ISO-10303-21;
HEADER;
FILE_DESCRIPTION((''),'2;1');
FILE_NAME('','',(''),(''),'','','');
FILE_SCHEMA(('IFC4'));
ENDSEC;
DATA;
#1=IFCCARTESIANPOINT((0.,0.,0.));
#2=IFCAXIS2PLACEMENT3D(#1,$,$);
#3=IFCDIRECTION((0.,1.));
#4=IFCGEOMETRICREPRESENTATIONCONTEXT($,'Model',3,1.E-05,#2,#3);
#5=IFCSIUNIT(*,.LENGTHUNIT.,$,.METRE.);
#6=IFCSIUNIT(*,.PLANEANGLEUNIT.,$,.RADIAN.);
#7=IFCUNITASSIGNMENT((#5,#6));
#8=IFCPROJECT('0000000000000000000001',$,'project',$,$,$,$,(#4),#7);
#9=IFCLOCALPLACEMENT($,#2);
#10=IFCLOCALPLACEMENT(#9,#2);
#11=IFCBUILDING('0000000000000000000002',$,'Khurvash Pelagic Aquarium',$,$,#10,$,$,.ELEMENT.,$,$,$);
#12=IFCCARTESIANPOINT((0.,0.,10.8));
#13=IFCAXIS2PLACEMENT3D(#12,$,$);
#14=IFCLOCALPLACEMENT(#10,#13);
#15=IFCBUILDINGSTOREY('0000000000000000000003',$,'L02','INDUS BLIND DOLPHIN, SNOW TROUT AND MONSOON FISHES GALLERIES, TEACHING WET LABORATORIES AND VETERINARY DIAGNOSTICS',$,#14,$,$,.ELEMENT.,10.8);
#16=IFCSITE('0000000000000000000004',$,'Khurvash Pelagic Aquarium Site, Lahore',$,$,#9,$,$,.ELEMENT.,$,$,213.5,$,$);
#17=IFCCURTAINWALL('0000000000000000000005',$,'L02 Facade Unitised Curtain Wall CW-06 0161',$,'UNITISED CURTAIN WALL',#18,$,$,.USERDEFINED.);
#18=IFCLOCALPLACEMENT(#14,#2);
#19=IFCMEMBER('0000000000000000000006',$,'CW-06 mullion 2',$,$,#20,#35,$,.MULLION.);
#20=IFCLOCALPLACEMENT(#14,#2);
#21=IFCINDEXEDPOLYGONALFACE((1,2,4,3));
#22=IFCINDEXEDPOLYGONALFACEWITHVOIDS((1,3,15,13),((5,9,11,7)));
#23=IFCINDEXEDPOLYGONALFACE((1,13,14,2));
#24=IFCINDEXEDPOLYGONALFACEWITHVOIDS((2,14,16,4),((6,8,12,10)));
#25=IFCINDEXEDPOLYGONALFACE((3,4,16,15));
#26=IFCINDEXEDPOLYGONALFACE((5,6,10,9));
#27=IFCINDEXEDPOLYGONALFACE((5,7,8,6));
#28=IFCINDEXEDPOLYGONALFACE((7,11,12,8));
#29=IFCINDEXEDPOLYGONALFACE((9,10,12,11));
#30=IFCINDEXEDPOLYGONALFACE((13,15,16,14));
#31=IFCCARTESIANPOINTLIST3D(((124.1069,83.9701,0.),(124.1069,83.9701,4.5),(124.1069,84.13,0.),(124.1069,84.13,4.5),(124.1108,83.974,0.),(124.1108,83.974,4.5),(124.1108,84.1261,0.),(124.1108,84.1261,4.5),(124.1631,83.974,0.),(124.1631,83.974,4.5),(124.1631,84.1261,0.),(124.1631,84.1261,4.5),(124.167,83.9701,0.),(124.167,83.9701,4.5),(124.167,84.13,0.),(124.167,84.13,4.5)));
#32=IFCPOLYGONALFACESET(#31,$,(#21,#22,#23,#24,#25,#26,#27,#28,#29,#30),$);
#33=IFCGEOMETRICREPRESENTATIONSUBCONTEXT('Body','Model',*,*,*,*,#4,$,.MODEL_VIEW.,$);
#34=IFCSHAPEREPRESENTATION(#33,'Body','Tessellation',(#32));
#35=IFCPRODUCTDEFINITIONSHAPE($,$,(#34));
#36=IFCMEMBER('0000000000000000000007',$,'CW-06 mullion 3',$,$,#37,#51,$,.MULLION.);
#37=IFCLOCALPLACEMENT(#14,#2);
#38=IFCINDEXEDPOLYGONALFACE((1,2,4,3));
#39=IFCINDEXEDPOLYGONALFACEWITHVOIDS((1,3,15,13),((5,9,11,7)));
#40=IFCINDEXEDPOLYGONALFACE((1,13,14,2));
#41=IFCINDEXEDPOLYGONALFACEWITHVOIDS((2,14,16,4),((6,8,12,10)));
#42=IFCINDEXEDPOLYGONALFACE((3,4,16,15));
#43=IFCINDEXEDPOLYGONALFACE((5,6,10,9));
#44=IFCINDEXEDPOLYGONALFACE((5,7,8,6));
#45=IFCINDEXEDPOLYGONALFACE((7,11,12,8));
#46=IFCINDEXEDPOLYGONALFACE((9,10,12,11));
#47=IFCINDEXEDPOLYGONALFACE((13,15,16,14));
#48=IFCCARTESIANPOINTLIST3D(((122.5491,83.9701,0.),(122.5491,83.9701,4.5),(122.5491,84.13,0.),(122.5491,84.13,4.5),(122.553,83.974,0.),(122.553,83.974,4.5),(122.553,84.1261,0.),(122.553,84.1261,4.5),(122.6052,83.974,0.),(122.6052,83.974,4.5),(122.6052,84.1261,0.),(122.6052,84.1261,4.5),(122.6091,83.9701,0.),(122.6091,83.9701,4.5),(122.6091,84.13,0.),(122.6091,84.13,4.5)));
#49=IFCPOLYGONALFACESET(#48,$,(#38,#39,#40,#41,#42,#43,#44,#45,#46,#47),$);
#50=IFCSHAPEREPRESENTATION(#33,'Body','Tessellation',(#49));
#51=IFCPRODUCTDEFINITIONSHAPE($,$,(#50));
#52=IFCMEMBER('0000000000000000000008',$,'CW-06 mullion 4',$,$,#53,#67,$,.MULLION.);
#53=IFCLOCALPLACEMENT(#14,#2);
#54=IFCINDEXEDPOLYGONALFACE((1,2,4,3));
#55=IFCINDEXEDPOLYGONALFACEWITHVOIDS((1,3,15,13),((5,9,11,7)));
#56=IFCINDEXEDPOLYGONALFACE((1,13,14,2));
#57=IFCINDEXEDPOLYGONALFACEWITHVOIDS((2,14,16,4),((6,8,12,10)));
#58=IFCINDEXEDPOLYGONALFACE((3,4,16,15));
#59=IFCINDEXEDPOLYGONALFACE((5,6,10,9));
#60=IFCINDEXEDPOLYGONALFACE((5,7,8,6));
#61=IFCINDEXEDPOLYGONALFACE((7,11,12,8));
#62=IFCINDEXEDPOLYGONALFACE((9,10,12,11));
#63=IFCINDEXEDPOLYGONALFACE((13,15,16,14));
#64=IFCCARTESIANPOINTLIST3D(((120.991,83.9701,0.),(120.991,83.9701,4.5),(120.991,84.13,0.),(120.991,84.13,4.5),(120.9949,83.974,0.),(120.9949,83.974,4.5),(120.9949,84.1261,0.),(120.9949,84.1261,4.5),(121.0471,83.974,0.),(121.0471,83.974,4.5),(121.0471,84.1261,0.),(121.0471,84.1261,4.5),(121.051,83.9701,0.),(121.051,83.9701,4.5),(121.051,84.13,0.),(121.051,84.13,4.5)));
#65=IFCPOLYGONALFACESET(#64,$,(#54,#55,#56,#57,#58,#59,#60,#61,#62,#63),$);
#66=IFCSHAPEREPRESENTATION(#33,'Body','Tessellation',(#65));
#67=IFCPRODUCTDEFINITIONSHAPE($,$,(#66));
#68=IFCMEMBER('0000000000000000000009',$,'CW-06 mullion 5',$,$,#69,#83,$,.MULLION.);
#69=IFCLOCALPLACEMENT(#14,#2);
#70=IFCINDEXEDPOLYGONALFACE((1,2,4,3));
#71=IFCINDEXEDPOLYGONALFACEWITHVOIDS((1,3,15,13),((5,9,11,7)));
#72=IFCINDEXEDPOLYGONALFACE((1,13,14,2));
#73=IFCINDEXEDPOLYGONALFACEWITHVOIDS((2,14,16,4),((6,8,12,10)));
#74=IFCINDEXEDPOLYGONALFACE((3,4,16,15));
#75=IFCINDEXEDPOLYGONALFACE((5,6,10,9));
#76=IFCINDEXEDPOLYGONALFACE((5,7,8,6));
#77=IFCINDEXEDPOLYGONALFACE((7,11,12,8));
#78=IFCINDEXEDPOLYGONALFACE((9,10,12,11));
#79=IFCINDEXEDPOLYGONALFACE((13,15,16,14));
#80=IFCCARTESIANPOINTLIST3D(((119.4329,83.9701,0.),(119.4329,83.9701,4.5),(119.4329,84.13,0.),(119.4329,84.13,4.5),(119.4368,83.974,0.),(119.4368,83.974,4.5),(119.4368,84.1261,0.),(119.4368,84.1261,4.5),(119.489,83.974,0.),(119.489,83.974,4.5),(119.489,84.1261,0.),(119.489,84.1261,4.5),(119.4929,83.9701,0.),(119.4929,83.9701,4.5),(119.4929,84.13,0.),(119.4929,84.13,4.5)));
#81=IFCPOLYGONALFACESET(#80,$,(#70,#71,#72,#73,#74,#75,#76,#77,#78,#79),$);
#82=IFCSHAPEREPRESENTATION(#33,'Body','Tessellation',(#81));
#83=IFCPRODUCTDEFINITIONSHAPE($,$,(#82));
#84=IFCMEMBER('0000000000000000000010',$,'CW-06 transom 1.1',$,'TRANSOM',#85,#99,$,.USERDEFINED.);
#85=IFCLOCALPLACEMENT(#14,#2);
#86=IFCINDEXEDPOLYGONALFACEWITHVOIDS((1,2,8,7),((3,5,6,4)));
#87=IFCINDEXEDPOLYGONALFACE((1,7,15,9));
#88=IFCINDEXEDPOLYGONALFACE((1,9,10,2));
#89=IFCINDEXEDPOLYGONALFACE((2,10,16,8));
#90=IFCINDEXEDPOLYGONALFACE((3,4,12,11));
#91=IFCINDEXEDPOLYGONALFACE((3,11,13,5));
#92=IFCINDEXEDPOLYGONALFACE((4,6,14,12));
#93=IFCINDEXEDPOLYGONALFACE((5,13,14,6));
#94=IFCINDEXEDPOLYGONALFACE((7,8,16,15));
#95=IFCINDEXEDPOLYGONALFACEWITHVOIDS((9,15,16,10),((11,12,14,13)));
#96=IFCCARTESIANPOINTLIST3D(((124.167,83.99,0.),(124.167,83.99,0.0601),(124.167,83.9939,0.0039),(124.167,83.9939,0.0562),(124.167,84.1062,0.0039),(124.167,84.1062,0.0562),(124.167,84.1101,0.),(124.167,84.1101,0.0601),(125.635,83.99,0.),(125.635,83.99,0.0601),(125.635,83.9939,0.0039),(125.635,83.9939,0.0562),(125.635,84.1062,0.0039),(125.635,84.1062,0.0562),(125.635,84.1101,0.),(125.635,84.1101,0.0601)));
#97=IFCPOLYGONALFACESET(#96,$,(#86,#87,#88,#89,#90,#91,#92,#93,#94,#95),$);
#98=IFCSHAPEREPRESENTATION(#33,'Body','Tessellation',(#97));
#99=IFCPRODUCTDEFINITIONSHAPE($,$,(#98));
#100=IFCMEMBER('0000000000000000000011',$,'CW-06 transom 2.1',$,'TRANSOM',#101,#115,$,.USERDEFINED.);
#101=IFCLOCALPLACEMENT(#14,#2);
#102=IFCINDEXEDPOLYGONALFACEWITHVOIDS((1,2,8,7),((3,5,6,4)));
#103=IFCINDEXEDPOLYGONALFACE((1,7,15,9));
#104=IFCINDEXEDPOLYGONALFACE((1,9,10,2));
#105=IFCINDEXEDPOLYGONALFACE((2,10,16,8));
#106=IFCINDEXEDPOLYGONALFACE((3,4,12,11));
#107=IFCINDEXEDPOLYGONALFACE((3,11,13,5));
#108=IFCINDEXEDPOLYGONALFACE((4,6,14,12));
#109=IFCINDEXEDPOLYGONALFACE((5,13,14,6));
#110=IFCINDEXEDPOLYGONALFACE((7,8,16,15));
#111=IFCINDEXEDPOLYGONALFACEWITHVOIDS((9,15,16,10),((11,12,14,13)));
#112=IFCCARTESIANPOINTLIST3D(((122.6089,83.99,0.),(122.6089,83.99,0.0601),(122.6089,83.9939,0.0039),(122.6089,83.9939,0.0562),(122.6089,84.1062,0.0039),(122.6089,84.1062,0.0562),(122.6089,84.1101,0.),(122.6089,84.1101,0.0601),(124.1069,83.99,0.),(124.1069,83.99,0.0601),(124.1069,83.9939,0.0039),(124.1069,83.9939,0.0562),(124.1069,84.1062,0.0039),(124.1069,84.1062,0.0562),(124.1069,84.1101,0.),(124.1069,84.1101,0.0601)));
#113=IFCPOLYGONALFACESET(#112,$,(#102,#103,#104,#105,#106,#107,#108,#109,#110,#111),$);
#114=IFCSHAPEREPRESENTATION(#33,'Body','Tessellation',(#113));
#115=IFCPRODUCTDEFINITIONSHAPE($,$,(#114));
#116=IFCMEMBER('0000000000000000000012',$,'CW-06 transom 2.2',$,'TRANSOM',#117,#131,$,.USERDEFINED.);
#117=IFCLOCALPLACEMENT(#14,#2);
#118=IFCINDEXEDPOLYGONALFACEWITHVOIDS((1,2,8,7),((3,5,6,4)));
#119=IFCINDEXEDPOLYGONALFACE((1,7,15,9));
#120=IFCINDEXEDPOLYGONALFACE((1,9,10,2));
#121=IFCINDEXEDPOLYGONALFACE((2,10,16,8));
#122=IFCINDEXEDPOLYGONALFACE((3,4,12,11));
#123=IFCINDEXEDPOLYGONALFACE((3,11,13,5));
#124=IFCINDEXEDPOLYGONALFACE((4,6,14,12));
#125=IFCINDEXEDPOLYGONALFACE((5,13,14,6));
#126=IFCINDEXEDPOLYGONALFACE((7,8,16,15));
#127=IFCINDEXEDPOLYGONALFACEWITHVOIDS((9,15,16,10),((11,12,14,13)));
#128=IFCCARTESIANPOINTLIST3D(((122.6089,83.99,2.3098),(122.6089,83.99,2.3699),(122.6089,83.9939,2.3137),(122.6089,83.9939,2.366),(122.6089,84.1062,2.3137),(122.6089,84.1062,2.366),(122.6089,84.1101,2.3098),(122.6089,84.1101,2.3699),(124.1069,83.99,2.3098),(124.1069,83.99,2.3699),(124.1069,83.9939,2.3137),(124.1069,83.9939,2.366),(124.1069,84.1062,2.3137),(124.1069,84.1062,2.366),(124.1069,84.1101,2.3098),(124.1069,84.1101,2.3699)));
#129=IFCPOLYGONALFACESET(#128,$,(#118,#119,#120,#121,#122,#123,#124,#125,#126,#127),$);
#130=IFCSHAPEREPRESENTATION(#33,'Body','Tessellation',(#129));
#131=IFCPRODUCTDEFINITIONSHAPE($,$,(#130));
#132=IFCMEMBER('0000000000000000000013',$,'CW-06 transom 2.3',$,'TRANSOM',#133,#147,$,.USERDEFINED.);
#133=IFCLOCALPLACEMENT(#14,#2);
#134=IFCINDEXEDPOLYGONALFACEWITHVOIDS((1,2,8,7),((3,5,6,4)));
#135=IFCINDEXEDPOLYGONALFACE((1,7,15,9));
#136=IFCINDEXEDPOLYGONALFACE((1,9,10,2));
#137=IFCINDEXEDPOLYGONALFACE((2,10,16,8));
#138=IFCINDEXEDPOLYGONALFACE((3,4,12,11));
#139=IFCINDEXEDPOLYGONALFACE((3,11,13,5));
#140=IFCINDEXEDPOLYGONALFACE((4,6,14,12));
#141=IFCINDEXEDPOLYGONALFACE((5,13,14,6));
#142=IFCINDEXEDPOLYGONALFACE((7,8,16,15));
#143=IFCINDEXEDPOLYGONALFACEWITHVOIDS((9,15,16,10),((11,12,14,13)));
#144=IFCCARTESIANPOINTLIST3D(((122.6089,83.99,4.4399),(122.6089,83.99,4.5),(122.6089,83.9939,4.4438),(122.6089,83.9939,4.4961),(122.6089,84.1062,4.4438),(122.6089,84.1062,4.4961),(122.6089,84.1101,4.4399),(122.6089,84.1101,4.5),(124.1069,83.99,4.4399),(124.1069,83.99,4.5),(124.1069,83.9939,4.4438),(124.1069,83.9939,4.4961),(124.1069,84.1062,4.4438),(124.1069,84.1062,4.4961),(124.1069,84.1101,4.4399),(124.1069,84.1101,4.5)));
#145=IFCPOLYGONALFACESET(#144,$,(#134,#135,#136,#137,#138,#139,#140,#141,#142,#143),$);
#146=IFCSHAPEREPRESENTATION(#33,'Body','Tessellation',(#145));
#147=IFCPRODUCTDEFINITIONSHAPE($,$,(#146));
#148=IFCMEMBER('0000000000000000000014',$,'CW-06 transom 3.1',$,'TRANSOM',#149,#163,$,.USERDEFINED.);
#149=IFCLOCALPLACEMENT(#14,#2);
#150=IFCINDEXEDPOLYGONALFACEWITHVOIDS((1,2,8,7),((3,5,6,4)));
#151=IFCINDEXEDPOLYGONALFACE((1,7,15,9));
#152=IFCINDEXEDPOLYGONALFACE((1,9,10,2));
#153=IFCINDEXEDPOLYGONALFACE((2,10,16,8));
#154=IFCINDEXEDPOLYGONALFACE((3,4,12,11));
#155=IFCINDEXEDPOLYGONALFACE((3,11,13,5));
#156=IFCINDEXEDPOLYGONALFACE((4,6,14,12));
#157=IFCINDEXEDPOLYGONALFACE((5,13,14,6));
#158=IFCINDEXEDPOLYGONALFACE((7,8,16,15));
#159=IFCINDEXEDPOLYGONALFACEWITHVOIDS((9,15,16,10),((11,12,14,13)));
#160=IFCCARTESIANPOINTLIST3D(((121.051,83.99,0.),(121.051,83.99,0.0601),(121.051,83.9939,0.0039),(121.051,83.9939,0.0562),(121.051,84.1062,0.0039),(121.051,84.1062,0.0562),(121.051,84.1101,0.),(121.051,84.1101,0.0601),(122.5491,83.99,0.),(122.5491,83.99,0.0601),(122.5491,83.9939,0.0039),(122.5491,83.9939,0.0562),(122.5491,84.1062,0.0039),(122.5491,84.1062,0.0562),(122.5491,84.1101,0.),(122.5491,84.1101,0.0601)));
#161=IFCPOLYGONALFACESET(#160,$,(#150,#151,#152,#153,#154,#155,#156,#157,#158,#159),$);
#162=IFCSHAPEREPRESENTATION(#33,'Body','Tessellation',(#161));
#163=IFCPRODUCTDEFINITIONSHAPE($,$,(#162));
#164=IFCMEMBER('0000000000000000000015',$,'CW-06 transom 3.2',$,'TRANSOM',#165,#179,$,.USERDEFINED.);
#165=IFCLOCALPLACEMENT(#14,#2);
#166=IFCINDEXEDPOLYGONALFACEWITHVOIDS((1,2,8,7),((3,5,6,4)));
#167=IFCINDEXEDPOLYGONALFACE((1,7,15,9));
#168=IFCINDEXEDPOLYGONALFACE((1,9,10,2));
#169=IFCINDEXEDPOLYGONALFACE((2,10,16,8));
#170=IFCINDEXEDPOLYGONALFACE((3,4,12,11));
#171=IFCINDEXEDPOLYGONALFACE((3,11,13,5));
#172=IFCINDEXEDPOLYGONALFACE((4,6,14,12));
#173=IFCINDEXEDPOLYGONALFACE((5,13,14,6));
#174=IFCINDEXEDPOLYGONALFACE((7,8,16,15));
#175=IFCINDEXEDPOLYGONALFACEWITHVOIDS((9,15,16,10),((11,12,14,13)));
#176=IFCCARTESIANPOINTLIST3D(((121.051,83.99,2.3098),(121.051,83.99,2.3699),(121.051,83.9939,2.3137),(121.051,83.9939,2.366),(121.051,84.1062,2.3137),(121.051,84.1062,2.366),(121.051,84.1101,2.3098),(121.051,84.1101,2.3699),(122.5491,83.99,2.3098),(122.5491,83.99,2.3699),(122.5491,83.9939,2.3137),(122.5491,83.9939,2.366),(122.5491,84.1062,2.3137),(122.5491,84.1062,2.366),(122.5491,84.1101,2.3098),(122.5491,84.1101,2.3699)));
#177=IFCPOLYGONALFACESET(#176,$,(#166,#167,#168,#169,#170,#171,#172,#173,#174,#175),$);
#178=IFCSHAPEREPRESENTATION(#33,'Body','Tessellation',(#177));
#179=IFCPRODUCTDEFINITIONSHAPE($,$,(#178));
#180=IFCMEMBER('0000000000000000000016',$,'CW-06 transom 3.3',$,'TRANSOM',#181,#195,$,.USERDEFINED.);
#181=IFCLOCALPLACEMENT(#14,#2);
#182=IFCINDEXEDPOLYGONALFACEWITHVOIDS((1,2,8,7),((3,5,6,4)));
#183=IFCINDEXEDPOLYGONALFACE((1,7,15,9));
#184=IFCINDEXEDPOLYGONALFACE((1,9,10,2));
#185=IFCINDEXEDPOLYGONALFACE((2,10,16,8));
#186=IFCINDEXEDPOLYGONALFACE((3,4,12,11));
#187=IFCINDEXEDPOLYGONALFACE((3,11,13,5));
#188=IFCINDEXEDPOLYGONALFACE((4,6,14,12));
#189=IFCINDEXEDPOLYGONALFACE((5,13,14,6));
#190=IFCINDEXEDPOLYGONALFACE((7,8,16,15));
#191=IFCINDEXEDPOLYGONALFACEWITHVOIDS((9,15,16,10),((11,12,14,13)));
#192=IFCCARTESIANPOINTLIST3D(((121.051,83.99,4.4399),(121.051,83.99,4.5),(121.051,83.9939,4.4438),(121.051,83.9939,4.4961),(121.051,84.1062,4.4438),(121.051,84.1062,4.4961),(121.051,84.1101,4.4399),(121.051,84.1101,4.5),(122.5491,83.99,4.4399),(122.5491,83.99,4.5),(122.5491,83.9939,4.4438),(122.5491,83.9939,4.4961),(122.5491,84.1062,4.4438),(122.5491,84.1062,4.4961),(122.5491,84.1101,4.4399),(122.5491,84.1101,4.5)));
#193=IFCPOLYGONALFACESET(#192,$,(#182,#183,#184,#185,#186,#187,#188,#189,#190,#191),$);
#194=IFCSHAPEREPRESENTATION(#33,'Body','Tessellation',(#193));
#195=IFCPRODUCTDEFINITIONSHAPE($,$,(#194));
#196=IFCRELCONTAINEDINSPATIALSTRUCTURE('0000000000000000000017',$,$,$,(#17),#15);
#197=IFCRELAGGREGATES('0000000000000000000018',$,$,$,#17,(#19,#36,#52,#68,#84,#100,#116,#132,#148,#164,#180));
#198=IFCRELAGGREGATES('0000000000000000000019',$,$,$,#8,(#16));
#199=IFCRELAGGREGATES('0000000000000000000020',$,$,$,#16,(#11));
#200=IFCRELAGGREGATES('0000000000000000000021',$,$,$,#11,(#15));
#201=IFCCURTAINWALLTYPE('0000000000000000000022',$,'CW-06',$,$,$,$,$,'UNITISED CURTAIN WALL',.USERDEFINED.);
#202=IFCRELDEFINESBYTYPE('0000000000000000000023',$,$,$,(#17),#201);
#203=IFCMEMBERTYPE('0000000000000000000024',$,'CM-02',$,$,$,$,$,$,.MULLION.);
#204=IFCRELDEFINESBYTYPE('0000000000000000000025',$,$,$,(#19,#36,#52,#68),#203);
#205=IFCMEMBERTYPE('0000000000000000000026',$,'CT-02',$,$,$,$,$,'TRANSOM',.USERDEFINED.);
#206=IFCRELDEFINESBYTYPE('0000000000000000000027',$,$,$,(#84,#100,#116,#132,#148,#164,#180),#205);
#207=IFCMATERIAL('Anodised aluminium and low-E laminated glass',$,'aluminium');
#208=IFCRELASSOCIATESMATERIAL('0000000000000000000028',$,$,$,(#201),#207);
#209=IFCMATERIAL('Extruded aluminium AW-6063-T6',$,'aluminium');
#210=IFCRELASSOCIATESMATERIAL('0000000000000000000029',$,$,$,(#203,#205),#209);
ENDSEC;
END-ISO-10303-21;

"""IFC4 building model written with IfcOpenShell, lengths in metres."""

from ifc_helpers import new_model, si_unit, direction, frame, origin, origin_2d, place, context, subcontext, project, spatial, hollow_rectangle, extrude, material, material_profile, profile_set, type_object, element, aggregate, save


model = new_model("IFC4")

# Units and contexts
model_context = context("Model", 3, precision=1e-05, world=origin(), true_north=direction((0.0, 1.0)))
body_context = subcontext(model_context, "Body", "Model", "MODEL_VIEW")
ifc_project = project(units=[si_unit("LENGTHUNIT", "METRE"), si_unit("PLANEANGLEUNIT", "RADIAN")], contexts=[model_context])

# Site, building, storey
site_placement = place(None, origin())
site = spatial("IfcSite", under=ifc_project, at=site_placement, Name="Khurvash Pelagic Aquarium Site, Lahore", CompositionType="ELEMENT", RefElevation=213.5)
building_placement = place(site_placement, origin())
building = spatial("IfcBuilding", under=site, at=building_placement, Name="Khurvash Pelagic Aquarium", CompositionType="ELEMENT")
storey_placement = place(building_placement, frame((0.0, 0.0, 10.8)))
storey = spatial("IfcBuildingStorey", under=building, at=storey_placement, Name="L02", Description="INDUS BLIND DOLPHIN, SNOW TROUT AND MONSOON FISHES GALLERIES, TEACHING WET LABORATORIES AND VETERINARY DIAGNOSTICS", CompositionType="ELEMENT", Elevation=10.8)

# Curtain wall, members
ifc_material_1 = material(Name="Anodised aluminium and low-E laminated glass", Category="aluminium")
curtain_wall_type = type_object("IfcCurtainWallType", Name="CW-06", ElementType="UNITISED CURTAIN WALL", PredefinedType="USERDEFINED", material=ifc_material_1)
curtain_wall_placement = place(storey_placement, origin())
curtain_wall = element("IfcCurtainWall", 1, at=curtain_wall_placement, inside=storey, type_object=curtain_wall_type, Name="L02 Facade Unitised Curtain Wall CW-06 0161", ObjectType="UNITISED CURTAIN WALL", PredefinedType="USERDEFINED")
ifc_material_2 = material(Name="Extruded aluminium AW-6063-T6", Category="aluminium")
ifc_material_profile_1 = material_profile(ifc_material_2, hollow_rectangle(XDim=0.0601, YDim=0.1599, WallThickness=0.0039, at=origin_2d()), Name="CWM60X160X4")
ifc_profile_set_1 = profile_set([ifc_material_profile_1], Name="Extruded aluminium AW-6063-T6")
member_type_1 = type_object("IfcMemberType", Name="CM-02", PredefinedType="MULLION", material=ifc_profile_set_1)
member_1_placement = place(storey_placement, frame((124.137, 84.05, 0.0), z_axis=(0.0, 0.0, 1.0), x_axis=(-1.0, 0.0, 0.0)))
member_1 = element("IfcMember", 2, at=member_1_placement, type_object=member_type_1, Name="CW-06 mullion 2", PredefinedType="MULLION", context=body_context, shape_type="SweptSolid", body=[
    extrude(hollow_rectangle(XDim=0.0601, YDim=0.1599, WallThickness=0.0039, at=origin_2d()), origin(), (0.0, 0.0, 1.0), 4.5),
])
member_2_placement = place(storey_placement, frame((122.5791, 84.05, 0.0), z_axis=(0.0, 0.0, 1.0), x_axis=(-1.0, 0.0, 0.0)))
member_2 = element("IfcMember", 3, at=member_2_placement, type_object=member_type_1, Name="CW-06 mullion 3", PredefinedType="MULLION", context=body_context, shape_type="SweptSolid", body=[
    extrude(hollow_rectangle(XDim=0.0601, YDim=0.1599, WallThickness=0.0039, at=origin_2d()), origin(), (0.0, 0.0, 1.0), 4.5),
])
member_3_placement = place(storey_placement, frame((121.021, 84.05, 0.0), z_axis=(0.0, 0.0, 1.0), x_axis=(-1.0, 0.0, 0.0)))
member_3 = element("IfcMember", 4, at=member_3_placement, type_object=member_type_1, Name="CW-06 mullion 4", PredefinedType="MULLION", context=body_context, shape_type="SweptSolid", body=[
    extrude(hollow_rectangle(XDim=0.0601, YDim=0.1599, WallThickness=0.0039, at=origin_2d()), origin(), (0.0, 0.0, 1.0), 4.5),
])
member_4_placement = place(storey_placement, frame((119.4629, 84.05, 0.0), z_axis=(0.0, 0.0, 1.0), x_axis=(-1.0, 0.0, 0.0)))
member_4 = element("IfcMember", 5, at=member_4_placement, type_object=member_type_1, Name="CW-06 mullion 5", PredefinedType="MULLION", context=body_context, shape_type="SweptSolid", body=[
    extrude(hollow_rectangle(XDim=0.0601, YDim=0.1599, WallThickness=0.0039, at=origin_2d()), origin(), (0.0, 0.0, 1.0), 4.5),
])
ifc_material_profile_2 = material_profile(ifc_material_2, hollow_rectangle(XDim=0.1201, YDim=0.0601, WallThickness=0.0039, at=origin_2d()), Name="CWT120X60X4")
ifc_profile_set_2 = profile_set([ifc_material_profile_2], Name="Extruded aluminium AW-6063-T6")
member_type_2 = type_object("IfcMemberType", Name="CT-02", ElementType="TRANSOM", PredefinedType="USERDEFINED", material=ifc_profile_set_2)
member_5_placement = place(storey_placement, frame((125.635, 84.05, 0.03), z_axis=(-1.0, 0.0, 0.0), x_axis=(0.0, -1.0, 0.0)))
member_5 = element("IfcMember", 6, at=member_5_placement, type_object=member_type_2, Name="CW-06 transom 1.1", ObjectType="TRANSOM", PredefinedType="USERDEFINED", context=body_context, shape_type="SweptSolid", body=[
    extrude(hollow_rectangle(XDim=0.1201, YDim=0.0601, WallThickness=0.0039, at=origin_2d()), origin(), (0.0, 0.0, 1.0), 1.468),
])
member_6_placement = place(storey_placement, frame((124.1069, 84.05, 0.03), z_axis=(-1.0, 0.0, 0.0), x_axis=(0.0, -1.0, 0.0)))
member_6 = element("IfcMember", 7, at=member_6_placement, type_object=member_type_2, Name="CW-06 transom 2.1", ObjectType="TRANSOM", PredefinedType="USERDEFINED", context=body_context, shape_type="SweptSolid", body=[
    extrude(hollow_rectangle(XDim=0.1201, YDim=0.0601, WallThickness=0.0039, at=origin_2d()), origin(), (0.0, 0.0, 1.0), 1.498),
])
member_7_placement = place(storey_placement, frame((124.1069, 84.05, 2.3398), z_axis=(-1.0, 0.0, 0.0), x_axis=(0.0, -1.0, 0.0)))
member_7 = element("IfcMember", 8, at=member_7_placement, type_object=member_type_2, Name="CW-06 transom 2.2", ObjectType="TRANSOM", PredefinedType="USERDEFINED", context=body_context, shape_type="SweptSolid", body=[
    extrude(hollow_rectangle(XDim=0.1201, YDim=0.0601, WallThickness=0.0039, at=origin_2d()), origin(), (0.0, 0.0, 1.0), 1.498),
])
member_8_placement = place(storey_placement, frame((124.1069, 84.05, 4.47), z_axis=(-1.0, 0.0, 0.0), x_axis=(0.0, -1.0, 0.0)))
member_8 = element("IfcMember", 9, at=member_8_placement, type_object=member_type_2, Name="CW-06 transom 2.3", ObjectType="TRANSOM", PredefinedType="USERDEFINED", context=body_context, shape_type="SweptSolid", body=[
    extrude(hollow_rectangle(XDim=0.1201, YDim=0.0601, WallThickness=0.0039, at=origin_2d()), origin(), (0.0, 0.0, 1.0), 1.498),
])
member_9_placement = place(storey_placement, frame((122.5491, 84.05, 0.03), z_axis=(-1.0, 0.0, 0.0), x_axis=(0.0, -1.0, 0.0)))
member_9 = element("IfcMember", 10, at=member_9_placement, type_object=member_type_2, Name="CW-06 transom 3.1", ObjectType="TRANSOM", PredefinedType="USERDEFINED", context=body_context, shape_type="SweptSolid", body=[
    extrude(hollow_rectangle(XDim=0.1201, YDim=0.0601, WallThickness=0.0039, at=origin_2d()), origin(), (0.0, 0.0, 1.0), 1.498),
])
member_10_placement = place(storey_placement, frame((122.5491, 84.05, 2.3398), z_axis=(-1.0, 0.0, 0.0), x_axis=(0.0, -1.0, 0.0)))
member_10 = element("IfcMember", 11, at=member_10_placement, type_object=member_type_2, Name="CW-06 transom 3.2", ObjectType="TRANSOM", PredefinedType="USERDEFINED", context=body_context, shape_type="SweptSolid", body=[
    extrude(hollow_rectangle(XDim=0.1201, YDim=0.0601, WallThickness=0.0039, at=origin_2d()), origin(), (0.0, 0.0, 1.0), 1.498),
])
member_11_placement = place(storey_placement, frame((122.5491, 84.05, 4.47), z_axis=(-1.0, 0.0, 0.0), x_axis=(0.0, -1.0, 0.0)))
member_11 = element("IfcMember", 12, at=member_11_placement, type_object=member_type_2, Name="CW-06 transom 3.3", ObjectType="TRANSOM", PredefinedType="USERDEFINED", context=body_context, shape_type="SweptSolid", body=[
    extrude(hollow_rectangle(XDim=0.1201, YDim=0.0601, WallThickness=0.0039, at=origin_2d()), origin(), (0.0, 0.0, 1.0), 1.498),
])
aggregate(curtain_wall, [member_1, member_2, member_3, member_4, member_5, member_6, member_7, member_8, member_9, member_10, member_11])

save(model, "model.ifc")
